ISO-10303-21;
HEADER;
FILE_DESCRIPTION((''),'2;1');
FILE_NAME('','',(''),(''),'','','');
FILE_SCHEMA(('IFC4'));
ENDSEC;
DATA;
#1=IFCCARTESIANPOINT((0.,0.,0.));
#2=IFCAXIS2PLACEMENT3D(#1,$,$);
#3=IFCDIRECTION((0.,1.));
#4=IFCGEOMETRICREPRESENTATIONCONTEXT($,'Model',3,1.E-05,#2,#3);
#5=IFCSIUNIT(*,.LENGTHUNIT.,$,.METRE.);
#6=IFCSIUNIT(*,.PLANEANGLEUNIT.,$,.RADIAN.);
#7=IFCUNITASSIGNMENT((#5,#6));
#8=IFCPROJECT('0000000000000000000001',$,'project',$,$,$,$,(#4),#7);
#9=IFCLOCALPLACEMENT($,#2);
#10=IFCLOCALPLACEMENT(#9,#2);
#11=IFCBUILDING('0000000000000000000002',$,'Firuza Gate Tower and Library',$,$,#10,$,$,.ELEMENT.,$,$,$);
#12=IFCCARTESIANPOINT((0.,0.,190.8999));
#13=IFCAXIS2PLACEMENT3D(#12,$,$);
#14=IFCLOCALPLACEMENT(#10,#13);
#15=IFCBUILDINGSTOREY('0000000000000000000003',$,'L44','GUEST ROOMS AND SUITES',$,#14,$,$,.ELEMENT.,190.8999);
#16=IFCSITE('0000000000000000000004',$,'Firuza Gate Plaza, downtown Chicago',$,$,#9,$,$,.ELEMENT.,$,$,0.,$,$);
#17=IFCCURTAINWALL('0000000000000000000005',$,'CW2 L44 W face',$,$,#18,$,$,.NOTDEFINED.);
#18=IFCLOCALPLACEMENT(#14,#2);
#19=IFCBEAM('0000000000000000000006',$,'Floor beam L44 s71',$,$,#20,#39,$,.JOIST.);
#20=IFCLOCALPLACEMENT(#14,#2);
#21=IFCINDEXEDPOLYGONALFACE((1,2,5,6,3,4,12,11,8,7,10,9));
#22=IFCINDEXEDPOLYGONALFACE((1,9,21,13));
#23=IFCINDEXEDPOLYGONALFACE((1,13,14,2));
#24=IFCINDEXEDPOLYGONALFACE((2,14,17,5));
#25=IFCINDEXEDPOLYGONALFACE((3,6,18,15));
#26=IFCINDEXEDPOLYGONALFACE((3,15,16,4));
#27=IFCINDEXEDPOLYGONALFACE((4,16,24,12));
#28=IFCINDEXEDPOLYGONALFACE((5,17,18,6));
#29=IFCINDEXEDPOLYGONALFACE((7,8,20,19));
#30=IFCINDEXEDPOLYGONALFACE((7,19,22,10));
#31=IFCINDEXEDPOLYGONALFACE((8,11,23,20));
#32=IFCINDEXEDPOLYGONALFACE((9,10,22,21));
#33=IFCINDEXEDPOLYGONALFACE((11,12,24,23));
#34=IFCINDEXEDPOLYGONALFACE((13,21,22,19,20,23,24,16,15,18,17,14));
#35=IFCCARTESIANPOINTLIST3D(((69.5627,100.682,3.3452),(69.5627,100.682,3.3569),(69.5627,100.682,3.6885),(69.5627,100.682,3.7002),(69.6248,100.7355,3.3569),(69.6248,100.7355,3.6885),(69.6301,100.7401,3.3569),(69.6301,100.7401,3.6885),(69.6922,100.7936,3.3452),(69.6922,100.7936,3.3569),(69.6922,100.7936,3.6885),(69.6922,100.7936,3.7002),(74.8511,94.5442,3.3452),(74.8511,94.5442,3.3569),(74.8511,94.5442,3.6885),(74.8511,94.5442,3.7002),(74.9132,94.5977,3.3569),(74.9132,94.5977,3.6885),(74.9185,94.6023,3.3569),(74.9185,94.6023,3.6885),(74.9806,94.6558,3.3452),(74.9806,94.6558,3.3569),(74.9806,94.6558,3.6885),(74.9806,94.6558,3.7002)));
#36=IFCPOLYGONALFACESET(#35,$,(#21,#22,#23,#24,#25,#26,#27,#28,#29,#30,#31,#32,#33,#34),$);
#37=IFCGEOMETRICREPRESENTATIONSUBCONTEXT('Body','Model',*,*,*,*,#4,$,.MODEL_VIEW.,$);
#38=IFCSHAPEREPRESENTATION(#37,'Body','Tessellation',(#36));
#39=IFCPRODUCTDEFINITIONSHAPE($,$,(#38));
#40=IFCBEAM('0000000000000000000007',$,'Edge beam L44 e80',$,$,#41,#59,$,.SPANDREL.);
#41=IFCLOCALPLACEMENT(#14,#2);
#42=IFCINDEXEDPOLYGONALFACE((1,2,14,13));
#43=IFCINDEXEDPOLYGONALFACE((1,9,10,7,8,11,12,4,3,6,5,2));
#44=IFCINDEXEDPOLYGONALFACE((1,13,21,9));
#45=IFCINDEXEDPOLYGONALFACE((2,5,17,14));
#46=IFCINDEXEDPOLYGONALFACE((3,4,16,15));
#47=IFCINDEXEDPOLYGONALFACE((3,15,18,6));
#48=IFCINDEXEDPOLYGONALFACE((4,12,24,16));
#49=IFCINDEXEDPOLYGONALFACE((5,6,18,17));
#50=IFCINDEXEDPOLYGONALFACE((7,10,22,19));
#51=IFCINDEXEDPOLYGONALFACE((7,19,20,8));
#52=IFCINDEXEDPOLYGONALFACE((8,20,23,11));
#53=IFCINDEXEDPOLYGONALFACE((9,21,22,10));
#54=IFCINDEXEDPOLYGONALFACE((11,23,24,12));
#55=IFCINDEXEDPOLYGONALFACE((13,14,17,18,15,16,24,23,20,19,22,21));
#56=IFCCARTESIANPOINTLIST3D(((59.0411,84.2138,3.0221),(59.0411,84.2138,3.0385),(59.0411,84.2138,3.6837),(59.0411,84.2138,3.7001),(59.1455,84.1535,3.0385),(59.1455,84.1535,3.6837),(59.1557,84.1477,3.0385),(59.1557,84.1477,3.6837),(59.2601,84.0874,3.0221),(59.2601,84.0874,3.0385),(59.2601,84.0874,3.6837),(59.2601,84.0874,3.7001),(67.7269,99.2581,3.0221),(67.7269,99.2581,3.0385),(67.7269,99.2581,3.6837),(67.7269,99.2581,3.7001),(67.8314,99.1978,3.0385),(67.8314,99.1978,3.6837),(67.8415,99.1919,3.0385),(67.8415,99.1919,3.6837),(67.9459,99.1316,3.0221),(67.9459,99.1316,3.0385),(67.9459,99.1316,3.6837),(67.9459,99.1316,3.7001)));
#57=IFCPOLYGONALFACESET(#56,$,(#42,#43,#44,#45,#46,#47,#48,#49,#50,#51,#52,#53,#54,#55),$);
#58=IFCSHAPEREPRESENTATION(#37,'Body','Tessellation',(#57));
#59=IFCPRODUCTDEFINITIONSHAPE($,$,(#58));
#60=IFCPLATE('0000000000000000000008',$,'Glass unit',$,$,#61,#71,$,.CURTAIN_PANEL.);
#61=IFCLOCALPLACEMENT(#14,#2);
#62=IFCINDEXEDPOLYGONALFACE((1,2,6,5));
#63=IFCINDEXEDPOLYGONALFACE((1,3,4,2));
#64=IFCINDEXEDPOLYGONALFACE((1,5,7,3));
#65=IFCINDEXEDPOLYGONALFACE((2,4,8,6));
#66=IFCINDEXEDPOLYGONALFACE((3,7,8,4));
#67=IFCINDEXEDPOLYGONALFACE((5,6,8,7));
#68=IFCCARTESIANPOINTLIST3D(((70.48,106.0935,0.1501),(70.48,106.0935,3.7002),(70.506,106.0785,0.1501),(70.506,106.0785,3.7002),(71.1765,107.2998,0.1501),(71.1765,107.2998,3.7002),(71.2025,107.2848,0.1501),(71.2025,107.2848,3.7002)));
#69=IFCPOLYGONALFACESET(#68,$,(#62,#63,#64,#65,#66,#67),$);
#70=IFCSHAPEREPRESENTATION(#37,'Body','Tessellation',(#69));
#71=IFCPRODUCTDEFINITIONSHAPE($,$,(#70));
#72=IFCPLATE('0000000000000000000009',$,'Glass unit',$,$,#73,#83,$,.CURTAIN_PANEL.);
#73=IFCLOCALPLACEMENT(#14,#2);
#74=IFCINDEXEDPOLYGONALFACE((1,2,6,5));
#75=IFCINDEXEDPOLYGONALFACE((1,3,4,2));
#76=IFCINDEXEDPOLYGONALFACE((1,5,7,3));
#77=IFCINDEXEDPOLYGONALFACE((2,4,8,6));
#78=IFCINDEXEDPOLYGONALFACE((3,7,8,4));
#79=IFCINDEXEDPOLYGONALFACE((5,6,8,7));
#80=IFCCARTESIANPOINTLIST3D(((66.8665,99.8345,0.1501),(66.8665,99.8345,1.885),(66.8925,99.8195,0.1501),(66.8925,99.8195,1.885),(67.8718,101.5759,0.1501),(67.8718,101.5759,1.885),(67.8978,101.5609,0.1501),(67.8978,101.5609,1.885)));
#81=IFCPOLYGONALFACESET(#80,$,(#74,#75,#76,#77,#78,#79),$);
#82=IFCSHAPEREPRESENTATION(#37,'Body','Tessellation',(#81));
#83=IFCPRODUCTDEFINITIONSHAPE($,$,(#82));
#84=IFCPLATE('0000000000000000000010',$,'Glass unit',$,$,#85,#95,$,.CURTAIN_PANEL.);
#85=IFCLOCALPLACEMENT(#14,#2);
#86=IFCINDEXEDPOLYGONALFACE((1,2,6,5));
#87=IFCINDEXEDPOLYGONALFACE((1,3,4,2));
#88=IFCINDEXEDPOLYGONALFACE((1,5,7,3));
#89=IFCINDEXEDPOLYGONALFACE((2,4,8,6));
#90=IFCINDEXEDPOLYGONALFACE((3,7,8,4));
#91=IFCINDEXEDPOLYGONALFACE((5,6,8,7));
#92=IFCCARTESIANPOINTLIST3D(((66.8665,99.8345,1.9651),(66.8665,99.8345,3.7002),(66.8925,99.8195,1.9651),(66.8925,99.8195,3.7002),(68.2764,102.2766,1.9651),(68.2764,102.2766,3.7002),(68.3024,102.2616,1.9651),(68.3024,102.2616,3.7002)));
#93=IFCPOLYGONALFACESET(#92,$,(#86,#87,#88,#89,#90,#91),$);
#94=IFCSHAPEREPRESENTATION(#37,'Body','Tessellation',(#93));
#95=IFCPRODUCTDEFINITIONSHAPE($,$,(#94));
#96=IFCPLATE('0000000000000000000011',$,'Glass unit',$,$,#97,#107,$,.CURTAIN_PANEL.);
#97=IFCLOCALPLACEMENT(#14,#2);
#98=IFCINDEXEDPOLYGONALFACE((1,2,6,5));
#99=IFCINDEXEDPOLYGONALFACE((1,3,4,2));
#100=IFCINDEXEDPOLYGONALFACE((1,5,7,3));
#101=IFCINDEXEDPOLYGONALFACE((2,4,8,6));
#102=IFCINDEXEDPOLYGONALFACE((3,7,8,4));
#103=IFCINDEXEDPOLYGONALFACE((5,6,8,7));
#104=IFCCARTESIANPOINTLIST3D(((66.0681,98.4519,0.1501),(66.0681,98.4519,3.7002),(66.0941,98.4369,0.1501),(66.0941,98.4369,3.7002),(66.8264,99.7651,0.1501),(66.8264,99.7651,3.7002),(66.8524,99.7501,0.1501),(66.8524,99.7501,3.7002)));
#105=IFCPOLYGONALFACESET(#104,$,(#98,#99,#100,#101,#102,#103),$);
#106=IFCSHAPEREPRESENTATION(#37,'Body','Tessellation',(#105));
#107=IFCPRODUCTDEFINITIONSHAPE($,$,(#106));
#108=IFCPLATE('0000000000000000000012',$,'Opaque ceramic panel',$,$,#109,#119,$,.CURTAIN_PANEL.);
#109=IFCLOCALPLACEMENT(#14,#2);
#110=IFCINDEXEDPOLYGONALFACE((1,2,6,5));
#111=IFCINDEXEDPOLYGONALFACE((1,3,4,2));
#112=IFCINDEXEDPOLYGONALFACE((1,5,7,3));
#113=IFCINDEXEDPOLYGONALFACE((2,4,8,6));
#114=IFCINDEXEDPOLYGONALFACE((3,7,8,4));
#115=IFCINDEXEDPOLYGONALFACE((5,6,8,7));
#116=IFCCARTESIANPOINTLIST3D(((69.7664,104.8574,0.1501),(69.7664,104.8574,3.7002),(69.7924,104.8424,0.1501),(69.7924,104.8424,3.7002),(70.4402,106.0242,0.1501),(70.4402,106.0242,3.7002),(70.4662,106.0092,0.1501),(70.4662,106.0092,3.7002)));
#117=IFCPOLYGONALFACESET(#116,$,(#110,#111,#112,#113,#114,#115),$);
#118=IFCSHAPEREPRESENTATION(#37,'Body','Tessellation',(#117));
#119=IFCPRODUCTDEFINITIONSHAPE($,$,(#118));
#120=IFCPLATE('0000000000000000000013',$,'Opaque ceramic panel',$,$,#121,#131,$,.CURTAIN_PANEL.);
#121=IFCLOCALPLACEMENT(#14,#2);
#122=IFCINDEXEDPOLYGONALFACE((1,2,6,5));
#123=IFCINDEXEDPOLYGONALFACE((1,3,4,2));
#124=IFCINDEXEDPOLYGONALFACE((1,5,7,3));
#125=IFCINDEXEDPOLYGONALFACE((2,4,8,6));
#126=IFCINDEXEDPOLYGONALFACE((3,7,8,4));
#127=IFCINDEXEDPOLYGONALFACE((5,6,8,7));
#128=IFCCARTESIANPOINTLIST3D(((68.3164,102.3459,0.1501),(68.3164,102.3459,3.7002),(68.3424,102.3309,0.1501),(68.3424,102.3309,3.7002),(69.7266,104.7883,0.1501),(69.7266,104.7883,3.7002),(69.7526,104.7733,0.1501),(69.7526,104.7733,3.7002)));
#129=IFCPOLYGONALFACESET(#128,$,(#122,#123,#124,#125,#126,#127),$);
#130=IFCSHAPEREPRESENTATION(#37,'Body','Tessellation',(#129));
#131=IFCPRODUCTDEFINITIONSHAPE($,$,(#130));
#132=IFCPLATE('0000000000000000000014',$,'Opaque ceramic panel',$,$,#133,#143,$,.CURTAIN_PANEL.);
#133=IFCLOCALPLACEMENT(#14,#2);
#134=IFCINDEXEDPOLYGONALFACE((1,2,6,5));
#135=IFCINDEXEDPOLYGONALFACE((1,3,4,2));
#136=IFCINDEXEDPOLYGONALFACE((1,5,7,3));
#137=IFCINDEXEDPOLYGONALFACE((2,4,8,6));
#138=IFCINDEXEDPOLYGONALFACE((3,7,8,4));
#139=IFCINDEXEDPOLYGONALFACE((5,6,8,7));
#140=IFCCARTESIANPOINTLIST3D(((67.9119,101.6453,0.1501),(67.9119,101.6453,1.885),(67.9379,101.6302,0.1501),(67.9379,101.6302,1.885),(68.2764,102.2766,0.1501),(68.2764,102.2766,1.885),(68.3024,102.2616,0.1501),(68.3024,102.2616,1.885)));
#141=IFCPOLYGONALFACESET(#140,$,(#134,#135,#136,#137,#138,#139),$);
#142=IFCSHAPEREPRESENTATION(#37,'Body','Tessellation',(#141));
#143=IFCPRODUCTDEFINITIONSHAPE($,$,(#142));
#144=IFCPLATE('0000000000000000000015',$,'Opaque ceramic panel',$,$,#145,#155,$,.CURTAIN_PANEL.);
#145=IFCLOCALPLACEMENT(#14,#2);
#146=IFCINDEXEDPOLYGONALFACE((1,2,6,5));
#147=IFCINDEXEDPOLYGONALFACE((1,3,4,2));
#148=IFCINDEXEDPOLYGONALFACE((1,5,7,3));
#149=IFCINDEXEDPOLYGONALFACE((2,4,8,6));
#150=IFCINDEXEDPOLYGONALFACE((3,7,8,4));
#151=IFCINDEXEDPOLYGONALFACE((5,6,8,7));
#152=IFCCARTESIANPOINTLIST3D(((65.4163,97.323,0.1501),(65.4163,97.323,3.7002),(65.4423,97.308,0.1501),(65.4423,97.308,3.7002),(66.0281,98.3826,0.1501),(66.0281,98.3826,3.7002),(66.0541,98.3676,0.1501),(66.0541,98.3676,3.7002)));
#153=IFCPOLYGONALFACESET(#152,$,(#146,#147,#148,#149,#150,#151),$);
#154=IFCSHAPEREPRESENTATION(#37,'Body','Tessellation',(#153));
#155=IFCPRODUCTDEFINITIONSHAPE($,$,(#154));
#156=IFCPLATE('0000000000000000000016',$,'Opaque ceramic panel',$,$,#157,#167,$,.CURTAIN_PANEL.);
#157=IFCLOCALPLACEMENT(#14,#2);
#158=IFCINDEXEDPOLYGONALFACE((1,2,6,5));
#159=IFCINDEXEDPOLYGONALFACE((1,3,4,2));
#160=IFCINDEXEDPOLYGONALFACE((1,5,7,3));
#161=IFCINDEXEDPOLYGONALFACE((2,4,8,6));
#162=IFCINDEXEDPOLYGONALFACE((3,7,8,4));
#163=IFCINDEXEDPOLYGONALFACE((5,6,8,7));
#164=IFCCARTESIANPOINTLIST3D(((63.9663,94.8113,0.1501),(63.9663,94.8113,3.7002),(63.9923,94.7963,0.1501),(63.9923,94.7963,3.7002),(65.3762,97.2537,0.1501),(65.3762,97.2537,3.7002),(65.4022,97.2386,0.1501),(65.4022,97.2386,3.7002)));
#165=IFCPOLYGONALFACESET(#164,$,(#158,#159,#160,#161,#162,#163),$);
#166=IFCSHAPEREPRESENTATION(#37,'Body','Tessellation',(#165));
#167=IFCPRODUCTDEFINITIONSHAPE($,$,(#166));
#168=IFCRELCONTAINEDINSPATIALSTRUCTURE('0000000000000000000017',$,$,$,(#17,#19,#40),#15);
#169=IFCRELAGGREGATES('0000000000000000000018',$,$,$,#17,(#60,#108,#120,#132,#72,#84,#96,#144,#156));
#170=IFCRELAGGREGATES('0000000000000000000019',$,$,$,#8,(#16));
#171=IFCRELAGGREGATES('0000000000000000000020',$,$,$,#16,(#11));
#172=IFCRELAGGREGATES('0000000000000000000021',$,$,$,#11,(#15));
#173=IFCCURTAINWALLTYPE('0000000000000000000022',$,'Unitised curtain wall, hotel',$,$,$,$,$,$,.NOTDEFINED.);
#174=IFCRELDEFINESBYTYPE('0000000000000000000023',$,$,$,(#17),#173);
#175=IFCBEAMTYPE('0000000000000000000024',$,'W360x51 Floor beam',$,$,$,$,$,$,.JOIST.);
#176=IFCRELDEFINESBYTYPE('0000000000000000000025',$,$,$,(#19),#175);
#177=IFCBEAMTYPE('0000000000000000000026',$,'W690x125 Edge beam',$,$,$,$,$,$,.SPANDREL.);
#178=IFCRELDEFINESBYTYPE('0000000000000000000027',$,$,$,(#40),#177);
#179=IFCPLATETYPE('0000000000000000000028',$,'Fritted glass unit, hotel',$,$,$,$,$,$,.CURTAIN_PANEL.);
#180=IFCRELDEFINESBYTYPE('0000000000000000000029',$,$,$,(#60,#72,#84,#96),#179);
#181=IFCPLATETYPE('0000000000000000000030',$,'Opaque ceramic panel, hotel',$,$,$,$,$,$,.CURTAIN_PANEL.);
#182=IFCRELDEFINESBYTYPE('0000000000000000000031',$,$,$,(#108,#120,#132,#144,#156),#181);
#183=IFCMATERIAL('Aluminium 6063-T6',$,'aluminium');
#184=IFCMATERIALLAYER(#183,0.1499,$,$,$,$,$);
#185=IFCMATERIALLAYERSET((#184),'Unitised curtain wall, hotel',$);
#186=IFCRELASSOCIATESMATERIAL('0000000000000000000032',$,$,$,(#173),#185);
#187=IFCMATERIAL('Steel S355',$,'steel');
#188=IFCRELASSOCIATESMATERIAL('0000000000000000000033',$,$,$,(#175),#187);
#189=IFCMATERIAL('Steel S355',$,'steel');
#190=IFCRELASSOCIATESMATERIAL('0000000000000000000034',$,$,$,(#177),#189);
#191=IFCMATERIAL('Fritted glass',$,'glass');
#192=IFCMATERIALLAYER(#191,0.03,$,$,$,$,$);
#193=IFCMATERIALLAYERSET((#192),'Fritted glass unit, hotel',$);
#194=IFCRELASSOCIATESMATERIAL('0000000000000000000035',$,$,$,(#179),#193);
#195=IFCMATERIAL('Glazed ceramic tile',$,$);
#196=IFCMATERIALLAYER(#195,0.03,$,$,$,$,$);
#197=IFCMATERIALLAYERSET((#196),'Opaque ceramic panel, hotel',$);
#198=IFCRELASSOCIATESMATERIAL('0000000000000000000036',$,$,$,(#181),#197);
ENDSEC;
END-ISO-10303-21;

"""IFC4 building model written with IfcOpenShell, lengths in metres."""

from ifc_helpers import new_model, si_unit, direction, frame, origin, origin_2d, place, context, subcontext, project, spatial, polyline, i_section, outline, extrude, material, layer, layer_set, material_profile, profile_set, type_object, element, aggregate, save


model = new_model("IFC4")

# Units and contexts
model_context = context("Model", 3, precision=1e-05, world=origin(), true_north=direction((0.0, 1.0)))
body_context = subcontext(model_context, "Body", "Model", "MODEL_VIEW")
ifc_project = project(units=[si_unit("LENGTHUNIT", "METRE"), si_unit("PLANEANGLEUNIT", "RADIAN")], contexts=[model_context])

# Site, building, storey
site_placement = place(None, origin())
site = spatial("IfcSite", under=ifc_project, at=site_placement, Name="Firuza Gate Plaza, downtown Chicago", CompositionType="ELEMENT", RefElevation=0.0)
building_placement = place(site_placement, origin())
building = spatial("IfcBuilding", under=site, at=building_placement, Name="Firuza Gate Tower and Library", CompositionType="ELEMENT")
storey_placement = place(building_placement, frame((0.0, 0.0, 190.8999)))
storey = spatial("IfcBuildingStorey", under=building, at=storey_placement, Name="L44", Description="GUEST ROOMS AND SUITES", CompositionType="ELEMENT", Elevation=190.8999)

# Curtain wall
ifc_material_1 = material(Name="Aluminium 6063-T6", Category="aluminium")
ifc_layer_1 = layer(ifc_material_1, 0.1499)
ifc_layer_set_1 = layer_set([ifc_layer_1], Name="Unitised curtain wall, hotel")
curtain_wall_type = type_object("IfcCurtainWallType", Name="Unitised curtain wall, hotel", PredefinedType="NOTDEFINED", material=ifc_layer_set_1)
curtain_wall_placement = place(storey_placement, origin())
curtain_wall = element("IfcCurtainWall", 1, at=curtain_wall_placement, inside=storey, type_object=curtain_wall_type, Name="CW2 L44 W face", PredefinedType="NOTDEFINED")

# Beams
ifc_material_2 = material(Name="Steel S355", Category="steel")
ifc_material_profile_1 = material_profile(ifc_material_2, i_section(OverallWidth=0.1709, OverallDepth=0.355, WebThickness=0.0071, FlangeThickness=0.0117, at=origin_2d()))
ifc_profile_set_1 = profile_set([ifc_material_profile_1], Name="Steel S355")
beam_type_1 = type_object("IfcBeamType", Name="W360x51 Floor beam", PredefinedType="JOIST", material=ifc_profile_set_1)
beam_1_placement = place(storey_placement, frame((69.6274, 100.7378, 3.5227), z_axis=(0.652742, -0.75758, 0.0), x_axis=(0.75758, 0.652742, 0.0)))
element("IfcBeam", 2, at=beam_1_placement, inside=storey, type_object=beam_type_1, Name="Floor beam L44 s71", PredefinedType="JOIST", context=body_context, shape_type="SweptSolid", body=[
    extrude(i_section(OverallWidth=0.1709, OverallDepth=0.355, WebThickness=0.0071, FlangeThickness=0.0117, at=origin_2d()), origin(), (0.0, 0.0, 1.0), 8.1018),
])
ifc_material_3 = material(Name="Steel S355", Category="steel")
ifc_material_profile_2 = material_profile(ifc_material_3, i_section(OverallWidth=0.2529, OverallDepth=0.678, WebThickness=0.0117, FlangeThickness=0.0164, at=origin_2d()))
ifc_profile_set_2 = profile_set([ifc_material_profile_2], Name="Steel S355")
beam_type_2 = type_object("IfcBeamType", Name="W690x125 Edge beam", PredefinedType="SPANDREL", material=ifc_profile_set_2)
beam_2_placement = place(storey_placement, frame((67.8364, 99.1948, 3.3611), z_axis=(-0.500001, -0.866025, 0.0), x_axis=(0.866025, -0.500001, 0.0)))
element("IfcBeam", 3, at=beam_2_placement, inside=storey, type_object=beam_type_2, Name="Edge beam L44 e80", PredefinedType="SPANDREL", context=body_context, shape_type="SweptSolid", body=[
    extrude(i_section(OverallWidth=0.2529, OverallDepth=0.678, WebThickness=0.0117, FlangeThickness=0.0164, at=origin_2d()), origin(), (0.0, 0.0, 1.0), 17.3716),
])

# Plates
ifc_material_4 = material(Name="Fritted glass", Category="glass")
ifc_layer_2 = layer(ifc_material_4, 0.03)
ifc_layer_set_2 = layer_set([ifc_layer_2], Name="Fritted glass unit, hotel")
plate_type_1 = type_object("IfcPlateType", Name="Fritted glass unit, hotel", PredefinedType="CURTAIN_PANEL", material=ifc_layer_set_2)
plate_1_placement = place(storey_placement, frame((71.1765, 107.2998, 0.1501), z_axis=(-0.866002, 0.500041, 0.0), x_axis=(-0.500041, -0.866002, 0.0)))
plate_1 = element("IfcPlate", 4, at=plate_1_placement, type_object=plate_type_1, Name="Glass unit", PredefinedType="CURTAIN_PANEL", context=body_context, shape_type="SweptSolid", body=[
    extrude(outline(polyline([(0.0, 0.0), (1.393, 0.0), (1.393, 3.55), (0.0, 3.55), (0.0, 0.0)])), origin(), (0.0, 0.0, -1.0), 0.03),
])
plate_2_placement = place(storey_placement, frame((67.8718, 101.5759, 0.1501), z_axis=(-0.866038, 0.499978, 0.0), x_axis=(-0.499978, -0.866038, 0.0)))
plate_2 = element("IfcPlate", 5, at=plate_2_placement, type_object=plate_type_1, Name="Glass unit", PredefinedType="CURTAIN_PANEL", context=body_context, shape_type="SweptSolid", body=[
    extrude(outline(polyline([(0.0, 0.0), (2.0108, 0.0), (2.0108, 1.7349), (0.0, 1.7349), (0.0, 0.0)])), origin(), (0.0, 0.0, -1.0), 0.03),
])
plate_3_placement = place(storey_placement, frame((68.2764, 102.2766, 1.9651), z_axis=(-0.866034, 0.499985, 0.0), x_axis=(-0.499985, -0.866034, 0.0)))
plate_3 = element("IfcPlate", 6, at=plate_3_placement, type_object=plate_type_1, Name="Glass unit", PredefinedType="CURTAIN_PANEL", context=body_context, shape_type="SweptSolid", body=[
    extrude(outline(polyline([(0.0, 0.0), (2.8199, 0.0), (2.8199, 1.7351), (0.0, 1.7351), (0.0, 0.0)])), origin(), (0.0, 0.0, -1.0), 0.03),
])
plate_4_placement = place(storey_placement, frame((66.8264, 99.7651, 0.1501), z_axis=(-0.865995, 0.500052, 0.0), x_axis=(-0.500052, -0.865995, 0.0)))
plate_4 = element("IfcPlate", 7, at=plate_4_placement, type_object=plate_type_1, Name="Glass unit", PredefinedType="CURTAIN_PANEL", context=body_context, shape_type="SweptSolid", body=[
    extrude(outline(polyline([(0.0, 0.0), (1.5164, 0.0), (1.5164, 3.55), (0.0, 3.55), (0.0, 0.0)])), origin(), (0.0, 0.0, -1.0), 0.03),
])
ifc_material_5 = material(Name="Glazed ceramic tile")
ifc_layer_3 = layer(ifc_material_5, 0.03)
ifc_layer_set_3 = layer_set([ifc_layer_3], Name="Opaque ceramic panel, hotel")
plate_type_2 = type_object("IfcPlateType", Name="Opaque ceramic panel, hotel", PredefinedType="CURTAIN_PANEL", material=ifc_layer_set_3)
plate_5_placement = place(storey_placement, frame((70.4402, 106.0242, 0.1501), z_axis=(-0.865959, 0.500115, 0.0), x_axis=(-0.500115, -0.865959, 0.0)))
plate_5 = element("IfcPlate", 8, at=plate_5_placement, type_object=plate_type_2, Name="Opaque ceramic panel", PredefinedType="CURTAIN_PANEL", context=body_context, shape_type="SweptSolid", body=[
    extrude(outline(polyline([(0.0, 0.0), (1.3473, 0.0), (1.3473, 3.55), (0.0, 3.55), (0.0, 0.0)])), origin(), (0.0, 0.0, -1.0), 0.03),
])
plate_6_placement = place(storey_placement, frame((69.7266, 104.7883, 0.1501), z_axis=(-0.866018, 0.500012, 0.0), x_axis=(-0.500012, -0.866018, 0.0)))
plate_6 = element("IfcPlate", 9, at=plate_6_placement, type_object=plate_type_2, Name="Opaque ceramic panel", PredefinedType="CURTAIN_PANEL", context=body_context, shape_type="SweptSolid", body=[
    extrude(outline(polyline([(0.0, 0.0), (2.8202, 0.0), (2.8202, 3.55), (0.0, 3.55), (0.0, 0.0)])), origin(), (0.0, 0.0, -1.0), 0.03),
])
plate_7_placement = place(storey_placement, frame((68.2764, 102.2766, 0.1501), z_axis=(-0.866029, 0.499993, 0.0), x_axis=(-0.499993, -0.866029, 0.0)))
plate_7 = element("IfcPlate", 10, at=plate_7_placement, type_object=plate_type_2, Name="Opaque ceramic panel", PredefinedType="CURTAIN_PANEL", context=body_context, shape_type="SweptSolid", body=[
    extrude(outline(polyline([(0.0, 0.0), (0.729, 0.0), (0.729, 1.7349), (0.0, 1.7349), (0.0, 0.0)])), origin(), (0.0, 0.0, -1.0), 0.03),
])
plate_8_placement = place(storey_placement, frame((66.0281, 98.3826, 0.1501), z_axis=(-0.865999, 0.500045, 0.0), x_axis=(-0.500045, -0.865999, 0.0)))
plate_8 = element("IfcPlate", 11, at=plate_8_placement, type_object=plate_type_2, Name="Opaque ceramic panel", PredefinedType="CURTAIN_PANEL", context=body_context, shape_type="SweptSolid", body=[
    extrude(outline(polyline([(0.0, 0.0), (1.2235, 0.0), (1.2235, 3.55), (0.0, 3.55), (0.0, 0.0)])), origin(), (0.0, 0.0, -1.0), 0.03),
])
plate_9_placement = place(storey_placement, frame((65.3762, 97.2537, 0.1501), z_axis=(-0.866056, 0.499947, 0.0), x_axis=(-0.499947, -0.866056, 0.0)))
plate_9 = element("IfcPlate", 12, at=plate_9_placement, type_object=plate_type_2, Name="Opaque ceramic panel", PredefinedType="CURTAIN_PANEL", context=body_context, shape_type="SweptSolid", body=[
    extrude(outline(polyline([(0.0, 0.0), (2.8201, 0.0), (2.8201, 3.55), (0.0, 3.55), (0.0, 0.0)])), origin(), (0.0, 0.0, -1.0), 0.03),
])
aggregate(curtain_wall, [plate_1, plate_5, plate_6, plate_7, plate_2, plate_3, plate_4, plate_8, plate_9])

save(model, "model.ifc")
